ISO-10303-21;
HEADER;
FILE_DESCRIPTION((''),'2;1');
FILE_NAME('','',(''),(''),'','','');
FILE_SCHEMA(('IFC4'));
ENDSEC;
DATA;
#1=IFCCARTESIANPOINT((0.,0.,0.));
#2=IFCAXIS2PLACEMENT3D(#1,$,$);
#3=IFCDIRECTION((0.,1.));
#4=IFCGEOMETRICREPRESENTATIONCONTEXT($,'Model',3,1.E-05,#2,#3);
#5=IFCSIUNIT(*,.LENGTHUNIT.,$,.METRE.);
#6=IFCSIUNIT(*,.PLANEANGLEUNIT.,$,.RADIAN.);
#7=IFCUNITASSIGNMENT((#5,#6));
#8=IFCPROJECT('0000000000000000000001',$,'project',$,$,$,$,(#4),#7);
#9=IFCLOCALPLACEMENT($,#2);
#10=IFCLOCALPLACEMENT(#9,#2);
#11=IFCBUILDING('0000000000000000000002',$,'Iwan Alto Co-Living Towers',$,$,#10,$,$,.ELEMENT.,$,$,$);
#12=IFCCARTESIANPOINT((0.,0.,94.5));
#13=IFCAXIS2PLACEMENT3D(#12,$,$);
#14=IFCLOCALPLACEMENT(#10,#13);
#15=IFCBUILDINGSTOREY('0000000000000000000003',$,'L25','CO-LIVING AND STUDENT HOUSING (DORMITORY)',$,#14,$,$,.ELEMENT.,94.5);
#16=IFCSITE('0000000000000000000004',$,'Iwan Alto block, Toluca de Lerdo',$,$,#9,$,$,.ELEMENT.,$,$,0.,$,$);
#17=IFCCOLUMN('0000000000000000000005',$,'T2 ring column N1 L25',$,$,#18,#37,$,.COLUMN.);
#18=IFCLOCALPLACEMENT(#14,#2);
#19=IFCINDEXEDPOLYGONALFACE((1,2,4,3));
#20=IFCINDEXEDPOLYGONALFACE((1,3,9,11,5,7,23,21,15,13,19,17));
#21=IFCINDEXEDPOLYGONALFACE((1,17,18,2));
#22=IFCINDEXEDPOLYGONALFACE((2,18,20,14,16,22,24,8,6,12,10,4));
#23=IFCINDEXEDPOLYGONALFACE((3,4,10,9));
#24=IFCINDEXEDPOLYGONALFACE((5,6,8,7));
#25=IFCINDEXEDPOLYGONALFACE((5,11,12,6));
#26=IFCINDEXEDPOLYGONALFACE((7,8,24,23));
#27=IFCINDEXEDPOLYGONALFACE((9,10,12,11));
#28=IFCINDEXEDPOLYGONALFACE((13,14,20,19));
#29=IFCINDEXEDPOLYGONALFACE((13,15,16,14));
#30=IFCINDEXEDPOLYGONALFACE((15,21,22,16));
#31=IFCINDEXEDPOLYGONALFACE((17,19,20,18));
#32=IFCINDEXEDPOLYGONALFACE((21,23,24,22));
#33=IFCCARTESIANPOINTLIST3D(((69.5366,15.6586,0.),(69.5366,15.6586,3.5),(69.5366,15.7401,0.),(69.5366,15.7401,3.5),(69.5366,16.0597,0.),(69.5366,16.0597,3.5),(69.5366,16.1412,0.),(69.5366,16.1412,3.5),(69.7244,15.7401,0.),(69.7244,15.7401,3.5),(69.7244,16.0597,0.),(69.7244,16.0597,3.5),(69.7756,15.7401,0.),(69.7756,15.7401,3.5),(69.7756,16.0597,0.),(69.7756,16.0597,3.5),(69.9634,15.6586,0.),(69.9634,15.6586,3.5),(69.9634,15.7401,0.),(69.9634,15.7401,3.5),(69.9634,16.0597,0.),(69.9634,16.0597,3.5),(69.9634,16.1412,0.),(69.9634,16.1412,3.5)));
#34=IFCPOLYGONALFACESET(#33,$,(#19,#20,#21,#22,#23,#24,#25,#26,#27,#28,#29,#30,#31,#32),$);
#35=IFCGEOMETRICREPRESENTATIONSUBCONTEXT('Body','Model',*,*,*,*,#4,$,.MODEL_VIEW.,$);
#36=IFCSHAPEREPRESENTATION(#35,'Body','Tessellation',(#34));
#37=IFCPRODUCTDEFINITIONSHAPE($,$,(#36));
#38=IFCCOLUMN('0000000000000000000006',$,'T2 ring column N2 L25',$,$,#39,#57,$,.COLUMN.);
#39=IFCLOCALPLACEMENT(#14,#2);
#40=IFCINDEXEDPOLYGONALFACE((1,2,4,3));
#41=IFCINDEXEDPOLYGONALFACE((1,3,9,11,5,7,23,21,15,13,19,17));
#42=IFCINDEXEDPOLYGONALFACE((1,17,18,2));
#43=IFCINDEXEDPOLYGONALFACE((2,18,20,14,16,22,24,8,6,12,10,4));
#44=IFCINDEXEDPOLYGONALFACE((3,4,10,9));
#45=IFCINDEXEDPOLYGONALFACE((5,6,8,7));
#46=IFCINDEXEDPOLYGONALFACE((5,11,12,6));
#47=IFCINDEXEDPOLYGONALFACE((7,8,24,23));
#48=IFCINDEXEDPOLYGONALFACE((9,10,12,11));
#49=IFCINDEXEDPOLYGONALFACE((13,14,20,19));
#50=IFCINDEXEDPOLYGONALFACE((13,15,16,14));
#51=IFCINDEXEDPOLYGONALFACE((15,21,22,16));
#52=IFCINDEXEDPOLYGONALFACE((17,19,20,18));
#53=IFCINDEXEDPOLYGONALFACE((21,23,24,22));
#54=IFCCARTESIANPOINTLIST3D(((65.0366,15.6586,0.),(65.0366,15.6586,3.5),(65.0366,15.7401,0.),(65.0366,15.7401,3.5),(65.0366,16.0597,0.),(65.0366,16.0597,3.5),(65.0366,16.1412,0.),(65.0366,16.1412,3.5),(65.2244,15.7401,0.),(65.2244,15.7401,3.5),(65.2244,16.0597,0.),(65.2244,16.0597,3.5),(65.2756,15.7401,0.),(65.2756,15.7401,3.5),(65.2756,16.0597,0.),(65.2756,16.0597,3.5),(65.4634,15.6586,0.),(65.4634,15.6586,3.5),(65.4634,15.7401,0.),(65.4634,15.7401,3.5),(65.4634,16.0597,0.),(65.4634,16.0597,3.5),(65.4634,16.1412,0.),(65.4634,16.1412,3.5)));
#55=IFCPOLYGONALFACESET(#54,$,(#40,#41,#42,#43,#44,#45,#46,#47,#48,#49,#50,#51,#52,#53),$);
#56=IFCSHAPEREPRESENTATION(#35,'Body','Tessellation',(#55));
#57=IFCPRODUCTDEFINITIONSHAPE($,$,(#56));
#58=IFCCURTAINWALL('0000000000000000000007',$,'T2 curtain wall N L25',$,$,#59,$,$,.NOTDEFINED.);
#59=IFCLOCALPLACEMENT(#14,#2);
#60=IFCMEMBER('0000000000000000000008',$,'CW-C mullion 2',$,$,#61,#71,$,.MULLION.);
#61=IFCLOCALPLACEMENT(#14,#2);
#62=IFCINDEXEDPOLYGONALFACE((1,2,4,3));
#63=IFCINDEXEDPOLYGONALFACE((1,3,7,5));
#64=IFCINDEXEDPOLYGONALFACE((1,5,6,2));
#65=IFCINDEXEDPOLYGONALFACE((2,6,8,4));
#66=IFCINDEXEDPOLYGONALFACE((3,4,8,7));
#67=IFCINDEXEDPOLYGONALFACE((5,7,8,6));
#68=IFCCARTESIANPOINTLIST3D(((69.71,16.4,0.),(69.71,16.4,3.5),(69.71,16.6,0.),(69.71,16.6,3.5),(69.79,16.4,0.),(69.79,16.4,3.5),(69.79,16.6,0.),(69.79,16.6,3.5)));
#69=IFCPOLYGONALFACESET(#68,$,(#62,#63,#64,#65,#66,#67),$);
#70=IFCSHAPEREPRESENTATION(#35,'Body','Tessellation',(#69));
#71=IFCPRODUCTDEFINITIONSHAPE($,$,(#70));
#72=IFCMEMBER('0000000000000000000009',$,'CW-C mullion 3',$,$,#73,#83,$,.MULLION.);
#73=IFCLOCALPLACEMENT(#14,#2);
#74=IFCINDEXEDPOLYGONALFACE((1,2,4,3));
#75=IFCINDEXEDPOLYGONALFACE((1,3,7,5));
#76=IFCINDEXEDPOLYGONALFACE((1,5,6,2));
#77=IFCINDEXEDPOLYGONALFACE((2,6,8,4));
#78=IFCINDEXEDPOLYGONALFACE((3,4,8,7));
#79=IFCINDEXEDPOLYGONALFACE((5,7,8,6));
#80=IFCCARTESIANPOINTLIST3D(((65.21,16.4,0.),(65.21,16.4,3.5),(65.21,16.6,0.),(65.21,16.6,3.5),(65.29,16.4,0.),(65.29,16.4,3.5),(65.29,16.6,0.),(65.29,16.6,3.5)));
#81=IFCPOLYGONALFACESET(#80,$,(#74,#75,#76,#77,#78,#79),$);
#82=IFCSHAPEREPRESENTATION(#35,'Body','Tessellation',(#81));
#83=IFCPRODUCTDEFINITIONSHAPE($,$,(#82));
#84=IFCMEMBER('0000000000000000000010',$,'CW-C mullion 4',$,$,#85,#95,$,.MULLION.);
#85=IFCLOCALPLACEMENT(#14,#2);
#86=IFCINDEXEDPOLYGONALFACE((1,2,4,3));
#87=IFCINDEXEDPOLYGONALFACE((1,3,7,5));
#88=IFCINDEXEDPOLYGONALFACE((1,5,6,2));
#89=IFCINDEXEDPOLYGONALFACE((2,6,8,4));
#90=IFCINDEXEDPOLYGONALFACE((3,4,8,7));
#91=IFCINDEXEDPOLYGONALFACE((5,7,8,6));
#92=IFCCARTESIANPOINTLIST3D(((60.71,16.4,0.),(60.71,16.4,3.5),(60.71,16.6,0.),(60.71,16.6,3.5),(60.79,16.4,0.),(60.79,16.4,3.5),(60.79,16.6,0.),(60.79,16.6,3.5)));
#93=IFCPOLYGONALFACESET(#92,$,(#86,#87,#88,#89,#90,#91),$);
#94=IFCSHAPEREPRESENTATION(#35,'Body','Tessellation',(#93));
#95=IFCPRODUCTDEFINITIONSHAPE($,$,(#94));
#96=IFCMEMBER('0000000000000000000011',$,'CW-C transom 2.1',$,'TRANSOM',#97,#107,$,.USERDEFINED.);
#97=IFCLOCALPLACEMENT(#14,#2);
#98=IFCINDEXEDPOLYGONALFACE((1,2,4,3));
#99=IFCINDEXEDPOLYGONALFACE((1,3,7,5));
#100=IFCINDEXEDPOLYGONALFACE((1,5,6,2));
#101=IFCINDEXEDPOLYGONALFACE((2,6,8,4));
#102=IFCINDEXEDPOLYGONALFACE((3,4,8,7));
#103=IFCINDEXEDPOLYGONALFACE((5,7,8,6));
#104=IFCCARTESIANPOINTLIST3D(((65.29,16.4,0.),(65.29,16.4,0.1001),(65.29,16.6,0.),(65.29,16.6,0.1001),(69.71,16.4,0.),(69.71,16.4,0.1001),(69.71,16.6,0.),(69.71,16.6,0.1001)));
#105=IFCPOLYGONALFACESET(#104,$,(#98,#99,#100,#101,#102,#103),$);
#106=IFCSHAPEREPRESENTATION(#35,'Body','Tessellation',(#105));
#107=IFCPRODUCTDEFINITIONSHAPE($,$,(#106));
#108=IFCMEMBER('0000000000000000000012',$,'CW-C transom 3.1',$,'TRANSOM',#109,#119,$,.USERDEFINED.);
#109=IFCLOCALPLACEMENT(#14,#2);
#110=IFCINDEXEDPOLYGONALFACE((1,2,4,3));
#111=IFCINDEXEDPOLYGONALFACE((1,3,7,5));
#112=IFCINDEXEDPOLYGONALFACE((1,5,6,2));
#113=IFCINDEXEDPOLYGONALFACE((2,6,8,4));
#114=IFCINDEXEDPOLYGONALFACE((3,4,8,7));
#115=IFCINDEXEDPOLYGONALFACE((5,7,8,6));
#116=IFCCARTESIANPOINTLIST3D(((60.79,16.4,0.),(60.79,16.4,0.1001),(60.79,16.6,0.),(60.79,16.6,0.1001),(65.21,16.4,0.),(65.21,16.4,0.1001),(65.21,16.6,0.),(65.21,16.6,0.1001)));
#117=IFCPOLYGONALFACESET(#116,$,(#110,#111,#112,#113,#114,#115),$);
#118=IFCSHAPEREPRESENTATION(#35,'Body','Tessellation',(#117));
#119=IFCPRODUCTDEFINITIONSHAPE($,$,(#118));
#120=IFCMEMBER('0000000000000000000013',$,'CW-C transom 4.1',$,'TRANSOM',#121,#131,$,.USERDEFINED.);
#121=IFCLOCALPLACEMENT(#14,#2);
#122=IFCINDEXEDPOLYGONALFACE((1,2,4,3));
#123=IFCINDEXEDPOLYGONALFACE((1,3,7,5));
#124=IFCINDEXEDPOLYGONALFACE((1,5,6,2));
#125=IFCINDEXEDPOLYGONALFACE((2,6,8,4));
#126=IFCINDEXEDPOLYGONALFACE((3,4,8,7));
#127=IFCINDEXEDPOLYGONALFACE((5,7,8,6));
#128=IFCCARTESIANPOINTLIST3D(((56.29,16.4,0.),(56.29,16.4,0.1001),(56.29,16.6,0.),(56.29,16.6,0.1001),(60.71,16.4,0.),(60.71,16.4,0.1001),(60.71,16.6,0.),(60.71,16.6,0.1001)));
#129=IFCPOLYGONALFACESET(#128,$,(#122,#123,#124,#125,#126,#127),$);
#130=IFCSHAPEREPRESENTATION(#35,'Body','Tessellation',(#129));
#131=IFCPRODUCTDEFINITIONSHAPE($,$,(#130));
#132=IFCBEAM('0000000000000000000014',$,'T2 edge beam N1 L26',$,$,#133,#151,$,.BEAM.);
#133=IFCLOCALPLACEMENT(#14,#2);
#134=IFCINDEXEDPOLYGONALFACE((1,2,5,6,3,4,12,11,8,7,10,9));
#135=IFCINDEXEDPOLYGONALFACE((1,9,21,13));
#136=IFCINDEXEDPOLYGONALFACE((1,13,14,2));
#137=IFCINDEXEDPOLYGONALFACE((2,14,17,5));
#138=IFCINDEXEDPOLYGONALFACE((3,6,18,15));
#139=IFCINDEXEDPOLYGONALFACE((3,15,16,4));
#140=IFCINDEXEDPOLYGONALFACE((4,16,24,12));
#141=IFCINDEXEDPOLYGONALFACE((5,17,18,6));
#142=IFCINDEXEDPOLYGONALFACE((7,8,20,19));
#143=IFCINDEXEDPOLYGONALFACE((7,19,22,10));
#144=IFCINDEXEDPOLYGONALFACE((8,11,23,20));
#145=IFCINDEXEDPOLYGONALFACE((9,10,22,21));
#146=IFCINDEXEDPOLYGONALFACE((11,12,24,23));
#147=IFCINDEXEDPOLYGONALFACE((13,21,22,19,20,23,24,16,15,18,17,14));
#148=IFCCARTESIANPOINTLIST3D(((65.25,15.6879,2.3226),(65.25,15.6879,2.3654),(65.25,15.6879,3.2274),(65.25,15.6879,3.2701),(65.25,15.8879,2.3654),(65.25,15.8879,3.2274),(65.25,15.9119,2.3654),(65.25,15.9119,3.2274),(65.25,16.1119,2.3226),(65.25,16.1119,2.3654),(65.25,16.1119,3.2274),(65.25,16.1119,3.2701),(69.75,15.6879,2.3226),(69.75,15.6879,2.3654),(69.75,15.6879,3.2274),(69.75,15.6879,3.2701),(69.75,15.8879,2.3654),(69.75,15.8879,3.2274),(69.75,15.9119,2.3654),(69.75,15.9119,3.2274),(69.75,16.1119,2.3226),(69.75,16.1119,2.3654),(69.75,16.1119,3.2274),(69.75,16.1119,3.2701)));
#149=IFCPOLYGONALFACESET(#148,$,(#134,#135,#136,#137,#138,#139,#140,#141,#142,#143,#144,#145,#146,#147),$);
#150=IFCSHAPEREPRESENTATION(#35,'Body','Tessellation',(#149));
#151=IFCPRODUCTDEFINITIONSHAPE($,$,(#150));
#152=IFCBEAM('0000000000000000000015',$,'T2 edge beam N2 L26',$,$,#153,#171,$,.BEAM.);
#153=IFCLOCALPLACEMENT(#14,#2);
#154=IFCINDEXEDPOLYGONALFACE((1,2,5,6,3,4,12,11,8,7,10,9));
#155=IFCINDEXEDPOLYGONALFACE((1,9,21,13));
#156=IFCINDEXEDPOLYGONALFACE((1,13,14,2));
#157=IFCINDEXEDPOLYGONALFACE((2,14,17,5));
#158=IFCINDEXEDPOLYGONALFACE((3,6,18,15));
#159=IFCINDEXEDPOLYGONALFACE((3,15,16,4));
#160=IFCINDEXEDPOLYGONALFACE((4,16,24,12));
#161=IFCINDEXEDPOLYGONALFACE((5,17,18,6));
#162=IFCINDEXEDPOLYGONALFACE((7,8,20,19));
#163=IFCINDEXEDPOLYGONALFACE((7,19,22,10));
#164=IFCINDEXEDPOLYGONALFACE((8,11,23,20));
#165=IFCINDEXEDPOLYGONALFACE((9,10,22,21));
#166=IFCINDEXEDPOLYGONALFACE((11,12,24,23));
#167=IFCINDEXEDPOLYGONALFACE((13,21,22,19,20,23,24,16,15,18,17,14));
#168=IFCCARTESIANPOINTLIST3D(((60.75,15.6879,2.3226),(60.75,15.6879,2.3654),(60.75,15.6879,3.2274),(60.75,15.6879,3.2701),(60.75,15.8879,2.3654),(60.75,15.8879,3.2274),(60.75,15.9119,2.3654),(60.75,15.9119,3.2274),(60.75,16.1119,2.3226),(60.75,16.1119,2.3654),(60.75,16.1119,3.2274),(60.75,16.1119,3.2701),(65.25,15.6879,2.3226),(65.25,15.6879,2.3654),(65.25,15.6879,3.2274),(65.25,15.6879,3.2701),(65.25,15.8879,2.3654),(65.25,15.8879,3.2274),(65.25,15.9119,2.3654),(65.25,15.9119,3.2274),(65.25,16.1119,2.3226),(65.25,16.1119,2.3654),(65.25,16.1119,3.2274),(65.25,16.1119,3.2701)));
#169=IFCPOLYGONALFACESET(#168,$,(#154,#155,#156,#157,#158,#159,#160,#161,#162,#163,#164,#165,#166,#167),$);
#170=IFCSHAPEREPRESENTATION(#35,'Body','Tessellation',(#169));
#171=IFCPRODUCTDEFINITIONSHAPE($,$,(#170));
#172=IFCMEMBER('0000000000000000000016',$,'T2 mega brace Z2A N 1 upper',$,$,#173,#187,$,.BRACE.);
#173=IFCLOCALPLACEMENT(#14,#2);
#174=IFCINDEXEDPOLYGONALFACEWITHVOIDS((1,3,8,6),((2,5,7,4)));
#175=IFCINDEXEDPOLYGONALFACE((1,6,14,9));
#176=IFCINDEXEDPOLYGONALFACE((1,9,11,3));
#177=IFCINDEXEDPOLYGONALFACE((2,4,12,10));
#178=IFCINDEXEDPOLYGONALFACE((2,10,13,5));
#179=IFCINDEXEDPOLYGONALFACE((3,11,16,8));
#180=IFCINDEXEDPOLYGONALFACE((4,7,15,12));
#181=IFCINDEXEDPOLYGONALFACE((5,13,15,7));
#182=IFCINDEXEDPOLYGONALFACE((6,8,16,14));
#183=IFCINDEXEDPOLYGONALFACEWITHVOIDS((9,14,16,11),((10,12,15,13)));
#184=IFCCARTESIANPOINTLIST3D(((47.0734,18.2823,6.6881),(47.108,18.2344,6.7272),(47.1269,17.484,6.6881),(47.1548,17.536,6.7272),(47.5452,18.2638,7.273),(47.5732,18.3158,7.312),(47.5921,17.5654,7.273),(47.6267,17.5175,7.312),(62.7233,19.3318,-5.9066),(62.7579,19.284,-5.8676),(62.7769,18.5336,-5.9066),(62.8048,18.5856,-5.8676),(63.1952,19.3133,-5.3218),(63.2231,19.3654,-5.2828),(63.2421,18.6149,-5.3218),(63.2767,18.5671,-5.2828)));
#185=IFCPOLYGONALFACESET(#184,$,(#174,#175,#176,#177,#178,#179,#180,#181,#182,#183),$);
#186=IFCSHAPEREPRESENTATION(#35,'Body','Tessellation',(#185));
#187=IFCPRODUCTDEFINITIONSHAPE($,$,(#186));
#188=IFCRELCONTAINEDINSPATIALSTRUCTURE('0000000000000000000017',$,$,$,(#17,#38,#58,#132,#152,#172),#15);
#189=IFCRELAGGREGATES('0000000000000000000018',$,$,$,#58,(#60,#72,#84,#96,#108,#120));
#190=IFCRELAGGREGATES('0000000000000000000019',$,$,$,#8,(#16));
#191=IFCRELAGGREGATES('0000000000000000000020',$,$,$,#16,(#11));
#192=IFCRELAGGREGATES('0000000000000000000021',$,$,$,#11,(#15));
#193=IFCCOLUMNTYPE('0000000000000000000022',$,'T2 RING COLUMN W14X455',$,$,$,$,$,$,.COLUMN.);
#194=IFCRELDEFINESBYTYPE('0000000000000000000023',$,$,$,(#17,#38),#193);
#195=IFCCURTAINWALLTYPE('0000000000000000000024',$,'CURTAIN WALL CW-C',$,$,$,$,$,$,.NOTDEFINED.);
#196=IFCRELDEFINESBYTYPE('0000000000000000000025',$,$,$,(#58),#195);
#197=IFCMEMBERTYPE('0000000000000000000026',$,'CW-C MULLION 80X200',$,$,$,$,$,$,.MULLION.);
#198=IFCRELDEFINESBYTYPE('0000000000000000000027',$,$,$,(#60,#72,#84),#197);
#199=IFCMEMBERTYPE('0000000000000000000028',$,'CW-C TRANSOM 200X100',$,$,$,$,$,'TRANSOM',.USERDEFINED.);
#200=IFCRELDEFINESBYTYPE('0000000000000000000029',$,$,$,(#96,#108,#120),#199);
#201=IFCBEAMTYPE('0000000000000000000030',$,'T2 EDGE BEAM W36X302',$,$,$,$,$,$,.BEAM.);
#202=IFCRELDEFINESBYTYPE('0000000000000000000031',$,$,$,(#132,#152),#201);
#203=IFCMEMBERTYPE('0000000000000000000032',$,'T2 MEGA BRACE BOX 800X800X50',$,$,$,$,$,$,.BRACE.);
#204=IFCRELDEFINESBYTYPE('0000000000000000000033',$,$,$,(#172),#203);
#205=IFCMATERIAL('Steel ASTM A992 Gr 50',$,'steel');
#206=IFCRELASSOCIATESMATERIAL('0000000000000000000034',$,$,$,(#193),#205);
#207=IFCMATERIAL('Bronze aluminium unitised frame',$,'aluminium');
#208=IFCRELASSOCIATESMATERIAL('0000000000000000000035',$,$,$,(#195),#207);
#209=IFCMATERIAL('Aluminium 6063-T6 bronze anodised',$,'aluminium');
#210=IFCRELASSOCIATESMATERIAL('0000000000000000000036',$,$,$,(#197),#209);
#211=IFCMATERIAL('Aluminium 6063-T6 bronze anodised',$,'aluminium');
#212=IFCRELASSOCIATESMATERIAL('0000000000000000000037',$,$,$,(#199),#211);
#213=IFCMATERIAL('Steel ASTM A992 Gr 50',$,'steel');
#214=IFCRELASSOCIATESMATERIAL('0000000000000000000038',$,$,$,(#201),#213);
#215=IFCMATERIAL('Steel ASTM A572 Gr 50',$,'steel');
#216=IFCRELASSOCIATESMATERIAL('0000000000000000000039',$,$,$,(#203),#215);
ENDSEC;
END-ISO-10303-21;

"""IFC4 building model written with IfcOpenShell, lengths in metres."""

from ifc_helpers import new_model, si_unit, direction, frame, origin, origin_2d, place, context, subcontext, project, spatial, rectangle, hollow_rectangle, i_section, extrude, material, material_profile, profile_set, type_object, element, aggregate, save


model = new_model("IFC4")

# Units and contexts
model_context = context("Model", 3, precision=1e-05, world=origin(), true_north=direction((0.0, 1.0)))
body_context = subcontext(model_context, "Body", "Model", "MODEL_VIEW")
ifc_project = project(units=[si_unit("LENGTHUNIT", "METRE"), si_unit("PLANEANGLEUNIT", "RADIAN")], contexts=[model_context])

# Site, building, storey
site_placement = place(None, origin())
site = spatial("IfcSite", under=ifc_project, at=site_placement, Name="Iwan Alto block, Toluca de Lerdo", CompositionType="ELEMENT", RefElevation=0.0)
building_placement = place(site_placement, origin())
building = spatial("IfcBuilding", under=site, at=building_placement, Name="Iwan Alto Co-Living Towers", CompositionType="ELEMENT")
storey_placement = place(building_placement, frame((0.0, 0.0, 94.5)))
storey = spatial("IfcBuildingStorey", under=building, at=storey_placement, Name="L25", Description="CO-LIVING AND STUDENT HOUSING (DORMITORY)", CompositionType="ELEMENT", Elevation=94.5)

# Columns
ifc_material_1 = material(Name="Steel ASTM A992 Gr 50", Category="steel")
ifc_material_profile_1 = material_profile(ifc_material_1, i_section(OverallWidth=0.4268, OverallDepth=0.4827, WebThickness=0.0513, FlangeThickness=0.0815, at=origin_2d()), Name="W14X455")
ifc_profile_set_1 = profile_set([ifc_material_profile_1], Name="Steel ASTM A992 Gr 50")
column_type = type_object("IfcColumnType", Name="T2 RING COLUMN W14X455", PredefinedType="COLUMN", material=ifc_profile_set_1)
for number, where, z_axis, x_axis, name in (
    (1, (69.75, 15.8999, 0.0), (0.0, 0.0, 1.0), (1.0, 0.0, 0.0), "T2 ring column N1 L25"),
    (2, (65.25, 15.8999, 0.0), (0.0, 0.0, 1.0), (1.0, 0.0, 0.0), "T2 ring column N2 L25"),
):
    element("IfcColumn", number, at=place(storey_placement, frame(where, z_axis=z_axis, x_axis=x_axis)), inside=storey, type_object=column_type, Name=name, PredefinedType="COLUMN", context=body_context, shape_type="SweptSolid", body=[
        extrude(i_section(OverallWidth=0.4268, OverallDepth=0.4827, WebThickness=0.0513, FlangeThickness=0.0815, at=origin_2d()), origin(), (0.0, 0.0, 1.0), 3.5),
    ])

# Curtain wall, members
ifc_material_2 = material(Name="Bronze aluminium unitised frame", Category="aluminium")
curtain_wall_type = type_object("IfcCurtainWallType", Name="CURTAIN WALL CW-C", PredefinedType="NOTDEFINED", material=ifc_material_2)
curtain_wall_placement = place(storey_placement, origin())
curtain_wall = element("IfcCurtainWall", 3, at=curtain_wall_placement, inside=storey, type_object=curtain_wall_type, Name="T2 curtain wall N L25", PredefinedType="NOTDEFINED")
ifc_material_3 = material(Name="Aluminium 6063-T6 bronze anodised", Category="aluminium")
ifc_material_profile_2 = material_profile(ifc_material_3, rectangle(XDim=0.2, YDim=0.0801, at=origin_2d()), Name="AL 80X200")
ifc_profile_set_2 = profile_set([ifc_material_profile_2], Name="Aluminium 6063-T6 bronze anodised")
member_type_1 = type_object("IfcMemberType", Name="CW-C MULLION 80X200", PredefinedType="MULLION", material=ifc_profile_set_2)
member_1_placement = place(storey_placement, frame((69.75, 16.5, 0.0), z_axis=(0.0, 0.0, 1.0), x_axis=(0.0, -1.0, 0.0)))
member_1 = element("IfcMember", 4, at=member_1_placement, type_object=member_type_1, Name="CW-C mullion 2", PredefinedType="MULLION", context=body_context, shape_type="SweptSolid", body=[
    extrude(rectangle(XDim=0.2, YDim=0.0801, at=origin_2d()), origin(), (0.0, 0.0, 1.0), 3.5),
])
member_2_placement = place(storey_placement, frame((65.25, 16.5, 0.0), z_axis=(0.0, 0.0, 1.0), x_axis=(0.0, -1.0, 0.0)))
member_2 = element("IfcMember", 5, at=member_2_placement, type_object=member_type_1, Name="CW-C mullion 3", PredefinedType="MULLION", context=body_context, shape_type="SweptSolid", body=[
    extrude(rectangle(XDim=0.2, YDim=0.0801, at=origin_2d()), origin(), (0.0, 0.0, 1.0), 3.5),
])
member_3_placement = place(storey_placement, frame((60.75, 16.5, 0.0), z_axis=(0.0, 0.0, 1.0), x_axis=(0.0, -1.0, 0.0)))
member_3 = element("IfcMember", 6, at=member_3_placement, type_object=member_type_1, Name="CW-C mullion 4", PredefinedType="MULLION", context=body_context, shape_type="SweptSolid", body=[
    extrude(rectangle(XDim=0.2, YDim=0.0801, at=origin_2d()), origin(), (0.0, 0.0, 1.0), 3.5),
])
ifc_material_4 = material(Name="Aluminium 6063-T6 bronze anodised", Category="aluminium")
ifc_material_profile_3 = material_profile(ifc_material_4, rectangle(XDim=0.2, YDim=0.1001, at=origin_2d()), Name="AL 200X100")
ifc_profile_set_3 = profile_set([ifc_material_profile_3], Name="Aluminium 6063-T6 bronze anodised")
member_type_2 = type_object("IfcMemberType", Name="CW-C TRANSOM 200X100", ElementType="TRANSOM", PredefinedType="USERDEFINED", material=ifc_profile_set_3)
member_4_placement = place(storey_placement, frame((69.71, 16.5, 0.05), z_axis=(-1.0, 0.0, 0.0), x_axis=(0.0, -1.0, 0.0)))
member_4 = element("IfcMember", 7, at=member_4_placement, type_object=member_type_2, Name="CW-C transom 2.1", ObjectType="TRANSOM", PredefinedType="USERDEFINED", context=body_context, shape_type="SweptSolid", body=[
    extrude(rectangle(XDim=0.2, YDim=0.1001, at=origin_2d()), origin(), (0.0, 0.0, 1.0), 4.4199),
])
member_5_placement = place(storey_placement, frame((65.21, 16.5, 0.05), z_axis=(-1.0, 0.0, 0.0), x_axis=(0.0, -1.0, 0.0)))
member_5 = element("IfcMember", 8, at=member_5_placement, type_object=member_type_2, Name="CW-C transom 3.1", ObjectType="TRANSOM", PredefinedType="USERDEFINED", context=body_context, shape_type="SweptSolid", body=[
    extrude(rectangle(XDim=0.2, YDim=0.1001, at=origin_2d()), origin(), (0.0, 0.0, 1.0), 4.4199),
])
member_6_placement = place(storey_placement, frame((60.71, 16.5, 0.05), z_axis=(-1.0, 0.0, 0.0), x_axis=(0.0, -1.0, 0.0)))
member_6 = element("IfcMember", 9, at=member_6_placement, type_object=member_type_2, Name="CW-C transom 4.1", ObjectType="TRANSOM", PredefinedType="USERDEFINED", context=body_context, shape_type="SweptSolid", body=[
    extrude(rectangle(XDim=0.2, YDim=0.1001, at=origin_2d()), origin(), (0.0, 0.0, 1.0), 4.4199),
])

# Beams
ifc_material_5 = material(Name="Steel ASTM A992 Gr 50", Category="steel")
ifc_material_profile_4 = material_profile(ifc_material_5, i_section(OverallWidth=0.4241, OverallDepth=0.9475, WebThickness=0.0239, FlangeThickness=0.0427, at=origin_2d()), Name="W36X302")
ifc_profile_set_4 = profile_set([ifc_material_profile_4], Name="Steel ASTM A992 Gr 50")
beam_type_1 = type_object("IfcBeamType", Name="T2 EDGE BEAM W36X302", PredefinedType="BEAM", material=ifc_profile_set_4)
for number, where, z_axis, x_axis, name in (
    (10, (69.75, 15.8999, 2.7964), (-1.0, 0.0, 0.0), (0.0, -1.0, 0.0), "T2 edge beam N1 L26"),
    (11, (65.25, 15.8999, 2.7964), (-1.0, 0.0, 0.0), (0.0, -1.0, 0.0), "T2 edge beam N2 L26"),
):
    element("IfcBeam", number, at=place(storey_placement, frame(where, z_axis=z_axis, x_axis=x_axis)), inside=storey, type_object=beam_type_1, Name=name, PredefinedType="BEAM", context=body_context, shape_type="SweptSolid", body=[
        extrude(i_section(OverallWidth=0.4241, OverallDepth=0.9475, WebThickness=0.0239, FlangeThickness=0.0427, at=origin_2d()), origin(), (0.0, 0.0, 1.0), 4.5),
    ])

# Member
ifc_material_6 = material(Name="Steel ASTM A572 Gr 50", Category="steel")
ifc_material_profile_5 = material_profile(ifc_material_6, hollow_rectangle(XDim=0.8, YDim=0.8, WallThickness=0.05, at=origin_2d()), Name="BOX 800X800X50")
ifc_profile_set_5 = profile_set([ifc_material_profile_5], Name="Steel ASTM A572 Gr 50")
member_type_3 = type_object("IfcMemberType", Name="T2 MEGA BRACE BOX 800X800X50", PredefinedType="BRACE", material=ifc_profile_set_5)
for number, where, z_axis, x_axis, name in (
    (12, (63.0, 18.9495, -5.5947), (-0.777988, -0.052176, 0.626109), (0.066915, -0.997759, 0.0), "T2 mega brace Z2A N 1 upper"),
):
    element("IfcMember", number, at=place(storey_placement, frame(where, z_axis=z_axis, x_axis=x_axis)), inside=storey, type_object=member_type_3, Name=name, PredefinedType="BRACE", context=body_context, shape_type="SweptSolid", body=[
        extrude(hollow_rectangle(XDim=0.8, YDim=0.8, WallThickness=0.05, at=origin_2d()), origin(), (0.0, 0.0, 1.0), 20.116),
    ])

aggregate(curtain_wall, [member_1, member_2, member_3, member_4, member_5, member_6])

save(model, "model.ifc")
